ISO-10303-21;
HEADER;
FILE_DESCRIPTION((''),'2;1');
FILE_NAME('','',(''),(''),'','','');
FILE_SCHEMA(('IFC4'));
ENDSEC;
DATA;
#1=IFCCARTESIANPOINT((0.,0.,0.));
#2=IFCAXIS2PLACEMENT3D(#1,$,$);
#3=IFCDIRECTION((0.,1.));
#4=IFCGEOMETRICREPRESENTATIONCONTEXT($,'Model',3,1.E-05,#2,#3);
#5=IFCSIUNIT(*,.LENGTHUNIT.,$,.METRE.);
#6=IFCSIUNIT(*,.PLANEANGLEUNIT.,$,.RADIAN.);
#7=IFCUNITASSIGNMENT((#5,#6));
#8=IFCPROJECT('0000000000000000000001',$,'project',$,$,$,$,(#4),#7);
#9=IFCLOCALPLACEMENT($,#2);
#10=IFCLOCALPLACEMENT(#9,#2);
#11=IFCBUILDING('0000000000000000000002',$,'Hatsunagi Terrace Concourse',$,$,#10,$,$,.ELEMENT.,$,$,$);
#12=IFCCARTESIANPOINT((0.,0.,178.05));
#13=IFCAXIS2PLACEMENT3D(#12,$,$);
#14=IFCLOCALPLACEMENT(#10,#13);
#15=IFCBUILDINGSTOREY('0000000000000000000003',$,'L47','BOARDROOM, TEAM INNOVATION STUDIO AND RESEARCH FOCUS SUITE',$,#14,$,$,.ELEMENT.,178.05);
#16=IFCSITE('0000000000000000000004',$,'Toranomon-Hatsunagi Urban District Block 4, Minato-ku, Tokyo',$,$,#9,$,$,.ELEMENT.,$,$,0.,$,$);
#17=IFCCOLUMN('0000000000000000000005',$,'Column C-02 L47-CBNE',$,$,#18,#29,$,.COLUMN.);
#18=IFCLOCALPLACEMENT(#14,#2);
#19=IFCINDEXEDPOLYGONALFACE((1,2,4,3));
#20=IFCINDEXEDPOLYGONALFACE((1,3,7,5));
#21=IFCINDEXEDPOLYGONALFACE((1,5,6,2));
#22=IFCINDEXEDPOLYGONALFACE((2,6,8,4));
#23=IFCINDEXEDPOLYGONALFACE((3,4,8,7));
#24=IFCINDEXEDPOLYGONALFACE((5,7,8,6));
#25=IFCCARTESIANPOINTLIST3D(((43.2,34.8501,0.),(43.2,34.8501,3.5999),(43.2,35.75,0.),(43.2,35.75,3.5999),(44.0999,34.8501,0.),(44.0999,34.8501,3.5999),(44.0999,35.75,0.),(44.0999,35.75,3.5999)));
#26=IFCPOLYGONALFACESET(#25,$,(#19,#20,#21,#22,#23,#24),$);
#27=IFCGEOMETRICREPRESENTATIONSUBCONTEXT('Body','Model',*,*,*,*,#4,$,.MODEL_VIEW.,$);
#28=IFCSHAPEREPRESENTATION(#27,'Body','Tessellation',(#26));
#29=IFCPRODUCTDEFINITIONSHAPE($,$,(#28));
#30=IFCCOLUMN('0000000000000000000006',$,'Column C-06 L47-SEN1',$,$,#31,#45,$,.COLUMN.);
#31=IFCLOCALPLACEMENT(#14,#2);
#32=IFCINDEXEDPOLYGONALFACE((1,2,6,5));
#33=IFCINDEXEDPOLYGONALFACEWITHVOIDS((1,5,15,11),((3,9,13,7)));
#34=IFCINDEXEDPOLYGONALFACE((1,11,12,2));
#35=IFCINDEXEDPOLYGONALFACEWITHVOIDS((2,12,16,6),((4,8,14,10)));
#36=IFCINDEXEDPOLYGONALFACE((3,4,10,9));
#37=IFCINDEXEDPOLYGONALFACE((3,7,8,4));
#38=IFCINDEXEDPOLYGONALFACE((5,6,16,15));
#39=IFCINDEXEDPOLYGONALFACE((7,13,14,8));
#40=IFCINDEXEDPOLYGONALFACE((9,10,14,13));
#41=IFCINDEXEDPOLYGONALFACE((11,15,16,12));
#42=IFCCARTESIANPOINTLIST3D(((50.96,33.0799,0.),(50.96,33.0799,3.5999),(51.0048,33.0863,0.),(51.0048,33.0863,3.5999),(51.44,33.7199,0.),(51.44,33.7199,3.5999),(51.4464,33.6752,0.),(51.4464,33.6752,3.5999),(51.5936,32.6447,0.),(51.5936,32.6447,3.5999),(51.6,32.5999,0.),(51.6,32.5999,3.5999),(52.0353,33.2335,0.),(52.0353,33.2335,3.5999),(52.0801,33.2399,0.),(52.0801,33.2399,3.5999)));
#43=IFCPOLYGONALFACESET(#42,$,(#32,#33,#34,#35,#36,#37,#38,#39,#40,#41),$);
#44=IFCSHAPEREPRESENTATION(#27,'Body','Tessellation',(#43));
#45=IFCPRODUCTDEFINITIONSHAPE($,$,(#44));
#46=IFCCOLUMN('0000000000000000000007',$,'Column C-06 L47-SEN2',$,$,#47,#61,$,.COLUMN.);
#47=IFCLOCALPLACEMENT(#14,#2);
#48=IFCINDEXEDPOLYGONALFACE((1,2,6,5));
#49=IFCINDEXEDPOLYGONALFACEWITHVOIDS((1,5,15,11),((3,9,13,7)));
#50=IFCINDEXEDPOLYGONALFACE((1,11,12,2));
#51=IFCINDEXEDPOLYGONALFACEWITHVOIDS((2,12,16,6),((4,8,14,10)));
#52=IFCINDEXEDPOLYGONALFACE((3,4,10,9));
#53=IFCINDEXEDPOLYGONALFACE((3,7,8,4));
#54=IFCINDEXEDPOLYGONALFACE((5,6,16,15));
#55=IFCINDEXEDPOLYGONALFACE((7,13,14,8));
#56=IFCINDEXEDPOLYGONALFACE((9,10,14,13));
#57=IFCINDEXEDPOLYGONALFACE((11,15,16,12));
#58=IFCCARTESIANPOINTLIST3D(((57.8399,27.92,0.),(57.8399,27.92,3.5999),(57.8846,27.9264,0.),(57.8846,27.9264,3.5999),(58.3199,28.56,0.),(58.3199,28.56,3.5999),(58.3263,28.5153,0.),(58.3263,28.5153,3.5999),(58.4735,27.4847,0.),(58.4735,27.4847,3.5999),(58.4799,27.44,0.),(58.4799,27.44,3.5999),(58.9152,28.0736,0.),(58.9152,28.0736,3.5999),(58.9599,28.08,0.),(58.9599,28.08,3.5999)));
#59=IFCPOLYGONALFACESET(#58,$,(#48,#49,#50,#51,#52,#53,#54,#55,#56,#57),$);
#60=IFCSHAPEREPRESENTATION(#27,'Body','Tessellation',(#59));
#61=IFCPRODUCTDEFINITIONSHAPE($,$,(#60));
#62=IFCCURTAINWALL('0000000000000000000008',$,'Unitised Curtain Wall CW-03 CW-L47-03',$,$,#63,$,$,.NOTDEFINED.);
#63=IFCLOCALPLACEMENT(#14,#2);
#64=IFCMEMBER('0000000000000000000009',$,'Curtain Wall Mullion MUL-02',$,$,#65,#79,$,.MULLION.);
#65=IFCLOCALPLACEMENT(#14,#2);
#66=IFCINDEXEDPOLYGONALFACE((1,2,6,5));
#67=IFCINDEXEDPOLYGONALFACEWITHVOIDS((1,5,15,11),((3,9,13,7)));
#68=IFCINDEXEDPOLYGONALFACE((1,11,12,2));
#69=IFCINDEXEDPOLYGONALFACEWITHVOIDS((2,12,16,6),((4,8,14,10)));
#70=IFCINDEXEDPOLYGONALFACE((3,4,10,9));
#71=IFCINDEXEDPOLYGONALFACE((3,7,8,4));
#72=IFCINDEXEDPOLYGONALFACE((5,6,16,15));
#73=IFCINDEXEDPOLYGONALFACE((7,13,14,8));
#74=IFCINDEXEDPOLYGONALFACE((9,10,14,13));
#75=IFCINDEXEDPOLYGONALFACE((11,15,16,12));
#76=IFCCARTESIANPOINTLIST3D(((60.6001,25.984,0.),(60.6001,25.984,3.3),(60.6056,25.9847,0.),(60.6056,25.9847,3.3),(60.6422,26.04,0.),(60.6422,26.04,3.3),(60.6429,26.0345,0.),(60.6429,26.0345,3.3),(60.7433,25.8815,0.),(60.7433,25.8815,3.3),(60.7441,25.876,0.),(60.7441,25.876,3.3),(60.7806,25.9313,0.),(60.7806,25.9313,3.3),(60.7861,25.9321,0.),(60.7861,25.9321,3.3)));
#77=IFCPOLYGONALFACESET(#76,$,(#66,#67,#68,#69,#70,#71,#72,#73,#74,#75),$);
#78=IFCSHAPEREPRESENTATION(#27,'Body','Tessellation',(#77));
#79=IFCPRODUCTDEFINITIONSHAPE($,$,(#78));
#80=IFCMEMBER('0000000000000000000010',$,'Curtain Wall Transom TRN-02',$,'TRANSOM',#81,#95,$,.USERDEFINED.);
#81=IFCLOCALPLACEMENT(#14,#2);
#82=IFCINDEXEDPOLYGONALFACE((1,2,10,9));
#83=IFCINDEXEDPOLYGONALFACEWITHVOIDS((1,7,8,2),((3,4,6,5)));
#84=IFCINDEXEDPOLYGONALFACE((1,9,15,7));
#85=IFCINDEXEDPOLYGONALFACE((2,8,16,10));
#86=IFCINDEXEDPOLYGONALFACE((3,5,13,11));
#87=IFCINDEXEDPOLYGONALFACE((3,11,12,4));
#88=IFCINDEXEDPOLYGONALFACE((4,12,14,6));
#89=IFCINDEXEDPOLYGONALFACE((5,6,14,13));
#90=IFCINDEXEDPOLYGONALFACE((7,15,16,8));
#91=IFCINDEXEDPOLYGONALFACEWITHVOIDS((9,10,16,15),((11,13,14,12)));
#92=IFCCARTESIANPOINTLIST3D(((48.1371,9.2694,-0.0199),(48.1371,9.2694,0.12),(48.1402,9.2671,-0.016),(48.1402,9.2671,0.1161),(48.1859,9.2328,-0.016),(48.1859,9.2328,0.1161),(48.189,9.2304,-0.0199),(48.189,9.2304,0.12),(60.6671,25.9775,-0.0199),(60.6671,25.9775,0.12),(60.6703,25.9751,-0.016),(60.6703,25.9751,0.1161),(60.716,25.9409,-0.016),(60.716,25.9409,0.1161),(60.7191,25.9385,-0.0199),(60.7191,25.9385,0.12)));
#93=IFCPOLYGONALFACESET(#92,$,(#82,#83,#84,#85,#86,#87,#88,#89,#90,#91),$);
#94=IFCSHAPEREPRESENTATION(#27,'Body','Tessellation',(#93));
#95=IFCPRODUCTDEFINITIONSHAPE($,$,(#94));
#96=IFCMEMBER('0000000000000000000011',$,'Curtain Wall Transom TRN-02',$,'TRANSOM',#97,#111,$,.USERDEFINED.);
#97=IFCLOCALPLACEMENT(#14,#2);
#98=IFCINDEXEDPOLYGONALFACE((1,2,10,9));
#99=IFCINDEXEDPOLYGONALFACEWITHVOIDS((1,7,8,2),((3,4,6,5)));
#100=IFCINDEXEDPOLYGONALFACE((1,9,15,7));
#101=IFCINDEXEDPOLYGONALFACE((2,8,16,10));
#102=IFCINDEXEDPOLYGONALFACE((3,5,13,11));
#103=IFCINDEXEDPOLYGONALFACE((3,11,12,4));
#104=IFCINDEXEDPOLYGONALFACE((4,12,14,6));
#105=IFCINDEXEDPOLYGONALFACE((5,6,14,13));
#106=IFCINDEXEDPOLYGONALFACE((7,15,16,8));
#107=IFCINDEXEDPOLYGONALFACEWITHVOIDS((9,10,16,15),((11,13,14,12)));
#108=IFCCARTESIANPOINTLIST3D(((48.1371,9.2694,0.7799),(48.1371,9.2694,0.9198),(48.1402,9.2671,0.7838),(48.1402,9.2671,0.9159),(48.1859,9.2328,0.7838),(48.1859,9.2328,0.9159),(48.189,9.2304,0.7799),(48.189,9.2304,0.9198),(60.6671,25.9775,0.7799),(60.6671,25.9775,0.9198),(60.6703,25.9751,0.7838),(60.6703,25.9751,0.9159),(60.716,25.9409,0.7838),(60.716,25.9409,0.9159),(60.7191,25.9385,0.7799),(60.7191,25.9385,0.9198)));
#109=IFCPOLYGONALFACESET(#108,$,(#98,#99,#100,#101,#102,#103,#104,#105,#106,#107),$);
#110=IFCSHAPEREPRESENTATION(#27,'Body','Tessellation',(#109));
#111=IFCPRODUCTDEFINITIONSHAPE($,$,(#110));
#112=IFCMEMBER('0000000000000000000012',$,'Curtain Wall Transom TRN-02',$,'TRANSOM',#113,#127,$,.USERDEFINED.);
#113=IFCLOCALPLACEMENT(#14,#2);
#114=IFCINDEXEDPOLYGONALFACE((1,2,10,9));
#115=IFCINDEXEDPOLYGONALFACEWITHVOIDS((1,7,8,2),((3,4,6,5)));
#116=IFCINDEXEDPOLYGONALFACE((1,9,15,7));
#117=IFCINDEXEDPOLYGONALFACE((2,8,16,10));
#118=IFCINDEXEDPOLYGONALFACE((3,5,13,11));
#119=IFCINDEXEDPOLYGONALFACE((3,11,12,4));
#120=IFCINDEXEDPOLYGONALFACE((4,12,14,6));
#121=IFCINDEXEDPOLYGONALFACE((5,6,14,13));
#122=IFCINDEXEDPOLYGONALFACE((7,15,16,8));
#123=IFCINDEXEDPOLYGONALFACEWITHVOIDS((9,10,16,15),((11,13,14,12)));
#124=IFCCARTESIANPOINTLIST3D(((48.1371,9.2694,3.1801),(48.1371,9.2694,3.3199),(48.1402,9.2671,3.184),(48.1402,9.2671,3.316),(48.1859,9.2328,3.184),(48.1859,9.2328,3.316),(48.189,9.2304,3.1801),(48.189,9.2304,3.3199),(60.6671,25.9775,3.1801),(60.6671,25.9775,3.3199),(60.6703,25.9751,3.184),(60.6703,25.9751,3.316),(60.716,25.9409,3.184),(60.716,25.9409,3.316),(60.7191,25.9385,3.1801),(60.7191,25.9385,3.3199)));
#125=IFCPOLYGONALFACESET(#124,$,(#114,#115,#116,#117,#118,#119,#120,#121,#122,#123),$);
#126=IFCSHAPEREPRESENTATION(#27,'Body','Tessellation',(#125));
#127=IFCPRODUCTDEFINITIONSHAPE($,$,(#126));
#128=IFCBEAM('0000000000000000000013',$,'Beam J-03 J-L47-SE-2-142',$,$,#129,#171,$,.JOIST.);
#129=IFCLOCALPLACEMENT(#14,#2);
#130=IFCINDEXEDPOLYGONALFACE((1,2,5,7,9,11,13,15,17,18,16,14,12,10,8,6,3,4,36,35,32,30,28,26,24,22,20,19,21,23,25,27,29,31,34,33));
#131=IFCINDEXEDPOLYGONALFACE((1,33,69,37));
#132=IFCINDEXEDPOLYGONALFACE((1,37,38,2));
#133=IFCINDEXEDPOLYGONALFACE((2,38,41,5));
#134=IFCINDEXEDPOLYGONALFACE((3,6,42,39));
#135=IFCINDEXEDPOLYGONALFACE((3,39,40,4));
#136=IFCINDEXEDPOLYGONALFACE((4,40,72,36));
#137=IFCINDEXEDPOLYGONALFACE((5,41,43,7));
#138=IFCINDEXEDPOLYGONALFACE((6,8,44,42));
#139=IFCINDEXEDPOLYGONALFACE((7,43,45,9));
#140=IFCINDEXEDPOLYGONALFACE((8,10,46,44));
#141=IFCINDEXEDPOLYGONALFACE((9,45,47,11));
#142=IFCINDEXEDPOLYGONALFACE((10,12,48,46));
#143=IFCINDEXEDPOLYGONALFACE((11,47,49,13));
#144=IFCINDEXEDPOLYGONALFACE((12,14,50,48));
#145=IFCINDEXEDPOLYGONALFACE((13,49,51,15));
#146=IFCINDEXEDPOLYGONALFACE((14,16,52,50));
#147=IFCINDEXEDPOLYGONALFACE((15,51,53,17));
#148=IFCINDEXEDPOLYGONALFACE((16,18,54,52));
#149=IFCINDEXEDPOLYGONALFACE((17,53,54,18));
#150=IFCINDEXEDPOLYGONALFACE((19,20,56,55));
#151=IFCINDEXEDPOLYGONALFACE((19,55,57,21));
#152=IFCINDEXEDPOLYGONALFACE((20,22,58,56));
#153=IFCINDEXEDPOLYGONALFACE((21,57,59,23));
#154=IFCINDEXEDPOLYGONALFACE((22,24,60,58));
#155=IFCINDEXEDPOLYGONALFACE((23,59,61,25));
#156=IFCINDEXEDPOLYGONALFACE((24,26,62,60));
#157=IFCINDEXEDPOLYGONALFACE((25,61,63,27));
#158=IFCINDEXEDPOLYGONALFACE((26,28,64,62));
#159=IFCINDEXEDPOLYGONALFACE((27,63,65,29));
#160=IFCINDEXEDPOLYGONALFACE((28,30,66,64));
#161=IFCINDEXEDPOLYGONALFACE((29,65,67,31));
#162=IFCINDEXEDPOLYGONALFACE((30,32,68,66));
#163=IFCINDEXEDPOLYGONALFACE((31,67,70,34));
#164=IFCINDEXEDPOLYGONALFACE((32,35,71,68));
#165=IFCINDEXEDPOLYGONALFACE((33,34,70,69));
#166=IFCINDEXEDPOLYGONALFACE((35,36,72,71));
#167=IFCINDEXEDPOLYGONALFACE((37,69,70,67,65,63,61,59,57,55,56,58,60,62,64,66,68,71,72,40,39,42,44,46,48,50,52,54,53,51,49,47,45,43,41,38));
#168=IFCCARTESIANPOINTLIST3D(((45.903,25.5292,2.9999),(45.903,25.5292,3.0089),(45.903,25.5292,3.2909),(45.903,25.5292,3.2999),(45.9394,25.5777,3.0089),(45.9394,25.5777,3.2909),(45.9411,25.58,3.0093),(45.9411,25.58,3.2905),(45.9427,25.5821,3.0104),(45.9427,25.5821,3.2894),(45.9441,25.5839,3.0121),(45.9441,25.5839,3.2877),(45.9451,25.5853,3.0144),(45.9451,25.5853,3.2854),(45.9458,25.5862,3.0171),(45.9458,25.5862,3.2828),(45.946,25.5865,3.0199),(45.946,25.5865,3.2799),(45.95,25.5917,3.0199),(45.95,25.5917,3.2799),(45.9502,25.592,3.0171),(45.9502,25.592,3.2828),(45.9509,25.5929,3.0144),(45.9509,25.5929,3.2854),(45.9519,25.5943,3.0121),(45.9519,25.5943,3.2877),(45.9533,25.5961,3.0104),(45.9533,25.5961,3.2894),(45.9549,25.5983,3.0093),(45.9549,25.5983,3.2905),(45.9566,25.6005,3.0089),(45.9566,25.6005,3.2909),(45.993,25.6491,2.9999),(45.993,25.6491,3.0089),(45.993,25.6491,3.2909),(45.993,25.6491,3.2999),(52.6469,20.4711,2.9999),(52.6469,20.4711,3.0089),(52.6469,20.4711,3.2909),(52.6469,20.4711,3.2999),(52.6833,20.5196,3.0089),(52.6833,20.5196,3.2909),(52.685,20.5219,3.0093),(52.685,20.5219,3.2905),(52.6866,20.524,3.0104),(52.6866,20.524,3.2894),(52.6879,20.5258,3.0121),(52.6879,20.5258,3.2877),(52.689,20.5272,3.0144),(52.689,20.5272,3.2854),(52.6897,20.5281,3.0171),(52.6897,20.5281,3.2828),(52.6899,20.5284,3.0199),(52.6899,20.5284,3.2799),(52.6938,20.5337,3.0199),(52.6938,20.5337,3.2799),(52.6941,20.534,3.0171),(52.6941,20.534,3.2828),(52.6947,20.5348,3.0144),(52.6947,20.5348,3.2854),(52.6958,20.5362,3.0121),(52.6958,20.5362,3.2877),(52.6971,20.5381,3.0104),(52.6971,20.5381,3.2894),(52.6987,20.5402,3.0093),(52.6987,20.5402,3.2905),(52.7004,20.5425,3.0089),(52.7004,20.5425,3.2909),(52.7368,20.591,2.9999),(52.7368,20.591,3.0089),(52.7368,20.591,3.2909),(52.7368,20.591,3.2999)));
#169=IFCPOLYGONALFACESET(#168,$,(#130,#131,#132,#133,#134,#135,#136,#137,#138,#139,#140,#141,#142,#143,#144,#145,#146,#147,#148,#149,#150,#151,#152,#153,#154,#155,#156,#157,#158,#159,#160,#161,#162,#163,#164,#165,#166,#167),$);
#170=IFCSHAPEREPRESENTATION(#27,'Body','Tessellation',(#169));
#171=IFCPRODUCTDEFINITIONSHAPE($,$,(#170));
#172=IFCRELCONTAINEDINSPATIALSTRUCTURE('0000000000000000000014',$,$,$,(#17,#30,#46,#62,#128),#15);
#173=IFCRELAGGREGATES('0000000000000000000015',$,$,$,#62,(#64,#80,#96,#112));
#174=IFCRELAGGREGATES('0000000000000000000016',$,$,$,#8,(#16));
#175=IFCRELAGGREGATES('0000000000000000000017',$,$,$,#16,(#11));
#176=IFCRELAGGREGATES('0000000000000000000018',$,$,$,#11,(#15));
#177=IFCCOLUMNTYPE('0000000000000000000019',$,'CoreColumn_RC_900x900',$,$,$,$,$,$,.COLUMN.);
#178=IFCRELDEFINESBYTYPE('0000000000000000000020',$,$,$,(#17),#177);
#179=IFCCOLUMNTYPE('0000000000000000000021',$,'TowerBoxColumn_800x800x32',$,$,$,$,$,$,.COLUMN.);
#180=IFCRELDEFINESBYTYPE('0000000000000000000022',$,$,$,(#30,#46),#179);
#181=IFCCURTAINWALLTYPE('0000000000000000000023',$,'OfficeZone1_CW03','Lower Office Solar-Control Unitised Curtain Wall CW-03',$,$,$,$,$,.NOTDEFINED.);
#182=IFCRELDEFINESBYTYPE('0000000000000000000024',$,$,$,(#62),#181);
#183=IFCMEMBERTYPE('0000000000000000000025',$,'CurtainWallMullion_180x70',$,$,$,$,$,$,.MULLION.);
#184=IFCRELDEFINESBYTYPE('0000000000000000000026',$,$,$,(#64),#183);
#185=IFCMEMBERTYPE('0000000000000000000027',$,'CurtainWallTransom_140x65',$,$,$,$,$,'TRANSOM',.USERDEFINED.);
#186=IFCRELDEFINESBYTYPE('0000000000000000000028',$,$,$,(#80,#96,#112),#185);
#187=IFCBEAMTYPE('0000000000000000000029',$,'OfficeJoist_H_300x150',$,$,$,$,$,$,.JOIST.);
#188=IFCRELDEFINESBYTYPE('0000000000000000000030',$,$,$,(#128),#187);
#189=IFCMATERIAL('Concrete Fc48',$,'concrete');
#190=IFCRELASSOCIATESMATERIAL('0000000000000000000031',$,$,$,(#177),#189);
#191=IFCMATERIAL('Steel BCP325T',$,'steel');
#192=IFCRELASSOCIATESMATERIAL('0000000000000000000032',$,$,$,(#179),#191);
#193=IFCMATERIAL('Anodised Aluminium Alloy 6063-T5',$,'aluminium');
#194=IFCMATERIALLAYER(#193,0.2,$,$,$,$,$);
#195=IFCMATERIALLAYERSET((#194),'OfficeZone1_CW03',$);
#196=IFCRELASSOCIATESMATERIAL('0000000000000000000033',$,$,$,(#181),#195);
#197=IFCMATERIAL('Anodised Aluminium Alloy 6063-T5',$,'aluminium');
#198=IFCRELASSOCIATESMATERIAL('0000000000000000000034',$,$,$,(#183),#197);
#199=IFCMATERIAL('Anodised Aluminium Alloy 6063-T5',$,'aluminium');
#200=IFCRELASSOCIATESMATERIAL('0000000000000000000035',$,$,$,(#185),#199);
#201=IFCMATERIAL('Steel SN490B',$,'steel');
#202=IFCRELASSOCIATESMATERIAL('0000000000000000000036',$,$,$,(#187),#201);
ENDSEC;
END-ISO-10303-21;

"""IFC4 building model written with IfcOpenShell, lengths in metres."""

from ifc_helpers import new_model, si_unit, direction, frame, origin, origin_2d, place, context, subcontext, project, spatial, rectangle, hollow_rectangle, i_section, extrude, material, layer, layer_set, material_profile, profile_set, type_object, element, aggregate, save


model = new_model("IFC4")

# Units and contexts
model_context = context("Model", 3, precision=1e-05, world=origin(), true_north=direction((0.0, 1.0)))
body_context = subcontext(model_context, "Body", "Model", "MODEL_VIEW")
ifc_project = project(units=[si_unit("LENGTHUNIT", "METRE"), si_unit("PLANEANGLEUNIT", "RADIAN")], contexts=[model_context])

# Site, building, storey
site_placement = place(None, origin())
site = spatial("IfcSite", under=ifc_project, at=site_placement, Name="Toranomon-Hatsunagi Urban District Block 4, Minato-ku, Tokyo", CompositionType="ELEMENT", RefElevation=0.0)
building_placement = place(site_placement, origin())
building = spatial("IfcBuilding", under=site, at=building_placement, Name="Hatsunagi Terrace Concourse", CompositionType="ELEMENT")
storey_placement = place(building_placement, frame((0.0, 0.0, 178.05)))
storey = spatial("IfcBuildingStorey", under=building, at=storey_placement, Name="L47", Description="BOARDROOM, TEAM INNOVATION STUDIO AND RESEARCH FOCUS SUITE", CompositionType="ELEMENT", Elevation=178.05)

# Columns
ifc_material_1 = material(Name="Concrete Fc48", Category="concrete")
ifc_material_profile_1 = material_profile(ifc_material_1, rectangle(XDim=0.8999, YDim=0.8999, at=origin_2d()), Name="RC-900x900")
ifc_profile_set_1 = profile_set([ifc_material_profile_1], Name="Concrete Fc48")
column_type_1 = type_object("IfcColumnType", Name="CoreColumn_RC_900x900", PredefinedType="COLUMN", material=ifc_profile_set_1)
column_placement = place(storey_placement, frame((43.6499, 35.3, 0.0), z_axis=(0.0, 0.0, 1.0), x_axis=(1.0, 0.0, 0.0)))
element("IfcColumn", 1, at=column_placement, inside=storey, type_object=column_type_1, Name="Column C-02 L47-CBNE", PredefinedType="COLUMN", context=body_context, shape_type="SweptSolid", body=[
    extrude(rectangle(XDim=0.8999, YDim=0.8999, at=origin_2d()), origin(), (0.0, 0.0, 1.0), 3.5999),
])
ifc_material_2 = material(Name="Steel BCP325T", Category="steel")
ifc_material_profile_2 = material_profile(ifc_material_2, hollow_rectangle(XDim=0.8, YDim=0.8, WallThickness=0.032, at=origin_2d()), Name="BCP-800x800x32")
ifc_profile_set_2 = profile_set([ifc_material_profile_2], Name="Steel BCP325T")
column_type_2 = type_object("IfcColumnType", Name="TowerBoxColumn_800x800x32", PredefinedType="COLUMN", material=ifc_profile_set_2)
for number, where, z_axis, x_axis, name in (
    (2, (51.52, 33.1599, 0.0), (0.0, 0.0, 1.0), (0.8, -0.6, 0.0), "Column C-06 L47-SEN1"),
    (3, (58.3999, 28.0, 0.0), (0.0, 0.0, 1.0), (0.8, -0.6, 0.0), "Column C-06 L47-SEN2"),
):
    element("IfcColumn", number, at=place(storey_placement, frame(where, z_axis=z_axis, x_axis=x_axis)), inside=storey, type_object=column_type_2, Name=name, PredefinedType="COLUMN", context=body_context, shape_type="SweptSolid", body=[
        extrude(hollow_rectangle(XDim=0.8, YDim=0.8, WallThickness=0.032, at=origin_2d()), origin(), (0.0, 0.0, 1.0), 3.5999),
    ])

# Curtain wall, members
ifc_material_3 = material(Name="Anodised Aluminium Alloy 6063-T5", Category="aluminium")
ifc_layer_1 = layer(ifc_material_3, 0.2)
ifc_layer_set_1 = layer_set([ifc_layer_1], Name="OfficeZone1_CW03")
curtain_wall_type = type_object("IfcCurtainWallType", Name="OfficeZone1_CW03", Description="Lower Office Solar-Control Unitised Curtain Wall CW-03", PredefinedType="NOTDEFINED", material=ifc_layer_set_1)
curtain_wall_placement = place(storey_placement, origin())
curtain_wall = element("IfcCurtainWall", 4, at=curtain_wall_placement, inside=storey, type_object=curtain_wall_type, Name="Unitised Curtain Wall CW-03 CW-L47-03", PredefinedType="NOTDEFINED")
ifc_material_4 = material(Name="Anodised Aluminium Alloy 6063-T5", Category="aluminium")
ifc_material_profile_3 = material_profile(ifc_material_4, hollow_rectangle(XDim=0.0701, YDim=0.1799, WallThickness=0.0039, at=origin_2d()), Name="ALU-MUL-180x70x4")
ifc_profile_set_3 = profile_set([ifc_material_profile_3], Name="Anodised Aluminium Alloy 6063-T5")
member_type_1 = type_object("IfcMemberType", Name="CurtainWallMullion_180x70", PredefinedType="MULLION", material=ifc_profile_set_3)
member_1_placement = place(storey_placement, frame((60.6931, 25.958, 0.0), z_axis=(0.0, 0.0, 1.0), x_axis=(-0.599969, -0.800023, 0.0)))
member_1 = element("IfcMember", 5, at=member_1_placement, type_object=member_type_1, Name="Curtain Wall Mullion MUL-02", PredefinedType="MULLION", context=body_context, shape_type="SweptSolid", body=[
    extrude(hollow_rectangle(XDim=0.0701, YDim=0.1799, WallThickness=0.0039, at=origin_2d()), origin(), (0.0, 0.0, 1.0), 3.3),
])
ifc_material_5 = material(Name="Anodised Aluminium Alloy 6063-T5", Category="aluminium")
ifc_material_profile_4 = material_profile(ifc_material_5, hollow_rectangle(XDim=0.0649, YDim=0.1399, WallThickness=0.0039, at=origin_2d()), Name="ALU-TRN-140x65x4")
ifc_profile_set_4 = profile_set([ifc_material_profile_4], Name="Anodised Aluminium Alloy 6063-T5")
member_type_2 = type_object("IfcMemberType", Name="CurtainWallTransom_140x65", ElementType="TRANSOM", PredefinedType="USERDEFINED", material=ifc_profile_set_4)
member_2_placement = place(storey_placement, frame((60.6931, 25.958, 0.05), z_axis=(-0.59997, -0.800022, 0.0), x_axis=(0.800022, -0.59997, 0.0)))
member_2 = element("IfcMember", 6, at=member_2_placement, type_object=member_type_2, Name="Curtain Wall Transom TRN-02", ObjectType="TRANSOM", PredefinedType="USERDEFINED", context=body_context, shape_type="SweptSolid", body=[
    extrude(hollow_rectangle(XDim=0.0649, YDim=0.1399, WallThickness=0.0039, at=origin_2d()), origin(), (0.0, 0.0, 1.0), 20.8845),
])
member_3_placement = place(storey_placement, frame((60.6931, 25.958, 0.8499), z_axis=(-0.59997, -0.800022, 0.0), x_axis=(0.800022, -0.59997, 0.0)))
member_3 = element("IfcMember", 7, at=member_3_placement, type_object=member_type_2, Name="Curtain Wall Transom TRN-02", ObjectType="TRANSOM", PredefinedType="USERDEFINED", context=body_context, shape_type="SweptSolid", body=[
    extrude(hollow_rectangle(XDim=0.0649, YDim=0.1399, WallThickness=0.0039, at=origin_2d()), origin(), (0.0, 0.0, 1.0), 20.8845),
])
member_4_placement = place(storey_placement, frame((60.6931, 25.958, 3.25), z_axis=(-0.59997, -0.800022, 0.0), x_axis=(0.800022, -0.59997, 0.0)))
member_4 = element("IfcMember", 8, at=member_4_placement, type_object=member_type_2, Name="Curtain Wall Transom TRN-02", ObjectType="TRANSOM", PredefinedType="USERDEFINED", context=body_context, shape_type="SweptSolid", body=[
    extrude(hollow_rectangle(XDim=0.0649, YDim=0.1399, WallThickness=0.0039, at=origin_2d()), origin(), (0.0, 0.0, 1.0), 20.8845),
])
aggregate(curtain_wall, [member_1, member_2, member_3, member_4])

# Beam
ifc_material_6 = material(Name="Steel SN490B", Category="steel")
ifc_material_profile_5 = material_profile(ifc_material_6, i_section(OverallWidth=0.1499, OverallDepth=0.3, WebThickness=0.0066, FlangeThickness=0.009, FilletRadius=0.011, at=origin_2d()), Name="H-300x150x6.5x9")
ifc_profile_set_5 = profile_set([ifc_material_profile_5], Name="Steel SN490B")
beam_type_1 = type_object("IfcBeamType", Name="OfficeJoist_H_300x150", PredefinedType="JOIST", material=ifc_profile_set_5)
for number, where, z_axis, x_axis, name in (
    (9, (45.948, 25.5891, 3.1499), (0.79999, -0.600014, 0.0), (0.600014, 0.79999, 0.0), "Beam J-03 J-L47-SE-2-142"),
):
    element("IfcBeam", number, at=place(storey_placement, frame(where, z_axis=z_axis, x_axis=x_axis)), inside=storey, type_object=beam_type_1, Name=name, PredefinedType="JOIST", context=body_context, shape_type="SweptSolid", body=[
        extrude(i_section(OverallWidth=0.1499, OverallDepth=0.3, WebThickness=0.0066, FlangeThickness=0.009, FilletRadius=0.011, at=origin_2d()), origin(), (0.0, 0.0, 1.0), 8.4299),
    ])

save(model, "model.ifc")
